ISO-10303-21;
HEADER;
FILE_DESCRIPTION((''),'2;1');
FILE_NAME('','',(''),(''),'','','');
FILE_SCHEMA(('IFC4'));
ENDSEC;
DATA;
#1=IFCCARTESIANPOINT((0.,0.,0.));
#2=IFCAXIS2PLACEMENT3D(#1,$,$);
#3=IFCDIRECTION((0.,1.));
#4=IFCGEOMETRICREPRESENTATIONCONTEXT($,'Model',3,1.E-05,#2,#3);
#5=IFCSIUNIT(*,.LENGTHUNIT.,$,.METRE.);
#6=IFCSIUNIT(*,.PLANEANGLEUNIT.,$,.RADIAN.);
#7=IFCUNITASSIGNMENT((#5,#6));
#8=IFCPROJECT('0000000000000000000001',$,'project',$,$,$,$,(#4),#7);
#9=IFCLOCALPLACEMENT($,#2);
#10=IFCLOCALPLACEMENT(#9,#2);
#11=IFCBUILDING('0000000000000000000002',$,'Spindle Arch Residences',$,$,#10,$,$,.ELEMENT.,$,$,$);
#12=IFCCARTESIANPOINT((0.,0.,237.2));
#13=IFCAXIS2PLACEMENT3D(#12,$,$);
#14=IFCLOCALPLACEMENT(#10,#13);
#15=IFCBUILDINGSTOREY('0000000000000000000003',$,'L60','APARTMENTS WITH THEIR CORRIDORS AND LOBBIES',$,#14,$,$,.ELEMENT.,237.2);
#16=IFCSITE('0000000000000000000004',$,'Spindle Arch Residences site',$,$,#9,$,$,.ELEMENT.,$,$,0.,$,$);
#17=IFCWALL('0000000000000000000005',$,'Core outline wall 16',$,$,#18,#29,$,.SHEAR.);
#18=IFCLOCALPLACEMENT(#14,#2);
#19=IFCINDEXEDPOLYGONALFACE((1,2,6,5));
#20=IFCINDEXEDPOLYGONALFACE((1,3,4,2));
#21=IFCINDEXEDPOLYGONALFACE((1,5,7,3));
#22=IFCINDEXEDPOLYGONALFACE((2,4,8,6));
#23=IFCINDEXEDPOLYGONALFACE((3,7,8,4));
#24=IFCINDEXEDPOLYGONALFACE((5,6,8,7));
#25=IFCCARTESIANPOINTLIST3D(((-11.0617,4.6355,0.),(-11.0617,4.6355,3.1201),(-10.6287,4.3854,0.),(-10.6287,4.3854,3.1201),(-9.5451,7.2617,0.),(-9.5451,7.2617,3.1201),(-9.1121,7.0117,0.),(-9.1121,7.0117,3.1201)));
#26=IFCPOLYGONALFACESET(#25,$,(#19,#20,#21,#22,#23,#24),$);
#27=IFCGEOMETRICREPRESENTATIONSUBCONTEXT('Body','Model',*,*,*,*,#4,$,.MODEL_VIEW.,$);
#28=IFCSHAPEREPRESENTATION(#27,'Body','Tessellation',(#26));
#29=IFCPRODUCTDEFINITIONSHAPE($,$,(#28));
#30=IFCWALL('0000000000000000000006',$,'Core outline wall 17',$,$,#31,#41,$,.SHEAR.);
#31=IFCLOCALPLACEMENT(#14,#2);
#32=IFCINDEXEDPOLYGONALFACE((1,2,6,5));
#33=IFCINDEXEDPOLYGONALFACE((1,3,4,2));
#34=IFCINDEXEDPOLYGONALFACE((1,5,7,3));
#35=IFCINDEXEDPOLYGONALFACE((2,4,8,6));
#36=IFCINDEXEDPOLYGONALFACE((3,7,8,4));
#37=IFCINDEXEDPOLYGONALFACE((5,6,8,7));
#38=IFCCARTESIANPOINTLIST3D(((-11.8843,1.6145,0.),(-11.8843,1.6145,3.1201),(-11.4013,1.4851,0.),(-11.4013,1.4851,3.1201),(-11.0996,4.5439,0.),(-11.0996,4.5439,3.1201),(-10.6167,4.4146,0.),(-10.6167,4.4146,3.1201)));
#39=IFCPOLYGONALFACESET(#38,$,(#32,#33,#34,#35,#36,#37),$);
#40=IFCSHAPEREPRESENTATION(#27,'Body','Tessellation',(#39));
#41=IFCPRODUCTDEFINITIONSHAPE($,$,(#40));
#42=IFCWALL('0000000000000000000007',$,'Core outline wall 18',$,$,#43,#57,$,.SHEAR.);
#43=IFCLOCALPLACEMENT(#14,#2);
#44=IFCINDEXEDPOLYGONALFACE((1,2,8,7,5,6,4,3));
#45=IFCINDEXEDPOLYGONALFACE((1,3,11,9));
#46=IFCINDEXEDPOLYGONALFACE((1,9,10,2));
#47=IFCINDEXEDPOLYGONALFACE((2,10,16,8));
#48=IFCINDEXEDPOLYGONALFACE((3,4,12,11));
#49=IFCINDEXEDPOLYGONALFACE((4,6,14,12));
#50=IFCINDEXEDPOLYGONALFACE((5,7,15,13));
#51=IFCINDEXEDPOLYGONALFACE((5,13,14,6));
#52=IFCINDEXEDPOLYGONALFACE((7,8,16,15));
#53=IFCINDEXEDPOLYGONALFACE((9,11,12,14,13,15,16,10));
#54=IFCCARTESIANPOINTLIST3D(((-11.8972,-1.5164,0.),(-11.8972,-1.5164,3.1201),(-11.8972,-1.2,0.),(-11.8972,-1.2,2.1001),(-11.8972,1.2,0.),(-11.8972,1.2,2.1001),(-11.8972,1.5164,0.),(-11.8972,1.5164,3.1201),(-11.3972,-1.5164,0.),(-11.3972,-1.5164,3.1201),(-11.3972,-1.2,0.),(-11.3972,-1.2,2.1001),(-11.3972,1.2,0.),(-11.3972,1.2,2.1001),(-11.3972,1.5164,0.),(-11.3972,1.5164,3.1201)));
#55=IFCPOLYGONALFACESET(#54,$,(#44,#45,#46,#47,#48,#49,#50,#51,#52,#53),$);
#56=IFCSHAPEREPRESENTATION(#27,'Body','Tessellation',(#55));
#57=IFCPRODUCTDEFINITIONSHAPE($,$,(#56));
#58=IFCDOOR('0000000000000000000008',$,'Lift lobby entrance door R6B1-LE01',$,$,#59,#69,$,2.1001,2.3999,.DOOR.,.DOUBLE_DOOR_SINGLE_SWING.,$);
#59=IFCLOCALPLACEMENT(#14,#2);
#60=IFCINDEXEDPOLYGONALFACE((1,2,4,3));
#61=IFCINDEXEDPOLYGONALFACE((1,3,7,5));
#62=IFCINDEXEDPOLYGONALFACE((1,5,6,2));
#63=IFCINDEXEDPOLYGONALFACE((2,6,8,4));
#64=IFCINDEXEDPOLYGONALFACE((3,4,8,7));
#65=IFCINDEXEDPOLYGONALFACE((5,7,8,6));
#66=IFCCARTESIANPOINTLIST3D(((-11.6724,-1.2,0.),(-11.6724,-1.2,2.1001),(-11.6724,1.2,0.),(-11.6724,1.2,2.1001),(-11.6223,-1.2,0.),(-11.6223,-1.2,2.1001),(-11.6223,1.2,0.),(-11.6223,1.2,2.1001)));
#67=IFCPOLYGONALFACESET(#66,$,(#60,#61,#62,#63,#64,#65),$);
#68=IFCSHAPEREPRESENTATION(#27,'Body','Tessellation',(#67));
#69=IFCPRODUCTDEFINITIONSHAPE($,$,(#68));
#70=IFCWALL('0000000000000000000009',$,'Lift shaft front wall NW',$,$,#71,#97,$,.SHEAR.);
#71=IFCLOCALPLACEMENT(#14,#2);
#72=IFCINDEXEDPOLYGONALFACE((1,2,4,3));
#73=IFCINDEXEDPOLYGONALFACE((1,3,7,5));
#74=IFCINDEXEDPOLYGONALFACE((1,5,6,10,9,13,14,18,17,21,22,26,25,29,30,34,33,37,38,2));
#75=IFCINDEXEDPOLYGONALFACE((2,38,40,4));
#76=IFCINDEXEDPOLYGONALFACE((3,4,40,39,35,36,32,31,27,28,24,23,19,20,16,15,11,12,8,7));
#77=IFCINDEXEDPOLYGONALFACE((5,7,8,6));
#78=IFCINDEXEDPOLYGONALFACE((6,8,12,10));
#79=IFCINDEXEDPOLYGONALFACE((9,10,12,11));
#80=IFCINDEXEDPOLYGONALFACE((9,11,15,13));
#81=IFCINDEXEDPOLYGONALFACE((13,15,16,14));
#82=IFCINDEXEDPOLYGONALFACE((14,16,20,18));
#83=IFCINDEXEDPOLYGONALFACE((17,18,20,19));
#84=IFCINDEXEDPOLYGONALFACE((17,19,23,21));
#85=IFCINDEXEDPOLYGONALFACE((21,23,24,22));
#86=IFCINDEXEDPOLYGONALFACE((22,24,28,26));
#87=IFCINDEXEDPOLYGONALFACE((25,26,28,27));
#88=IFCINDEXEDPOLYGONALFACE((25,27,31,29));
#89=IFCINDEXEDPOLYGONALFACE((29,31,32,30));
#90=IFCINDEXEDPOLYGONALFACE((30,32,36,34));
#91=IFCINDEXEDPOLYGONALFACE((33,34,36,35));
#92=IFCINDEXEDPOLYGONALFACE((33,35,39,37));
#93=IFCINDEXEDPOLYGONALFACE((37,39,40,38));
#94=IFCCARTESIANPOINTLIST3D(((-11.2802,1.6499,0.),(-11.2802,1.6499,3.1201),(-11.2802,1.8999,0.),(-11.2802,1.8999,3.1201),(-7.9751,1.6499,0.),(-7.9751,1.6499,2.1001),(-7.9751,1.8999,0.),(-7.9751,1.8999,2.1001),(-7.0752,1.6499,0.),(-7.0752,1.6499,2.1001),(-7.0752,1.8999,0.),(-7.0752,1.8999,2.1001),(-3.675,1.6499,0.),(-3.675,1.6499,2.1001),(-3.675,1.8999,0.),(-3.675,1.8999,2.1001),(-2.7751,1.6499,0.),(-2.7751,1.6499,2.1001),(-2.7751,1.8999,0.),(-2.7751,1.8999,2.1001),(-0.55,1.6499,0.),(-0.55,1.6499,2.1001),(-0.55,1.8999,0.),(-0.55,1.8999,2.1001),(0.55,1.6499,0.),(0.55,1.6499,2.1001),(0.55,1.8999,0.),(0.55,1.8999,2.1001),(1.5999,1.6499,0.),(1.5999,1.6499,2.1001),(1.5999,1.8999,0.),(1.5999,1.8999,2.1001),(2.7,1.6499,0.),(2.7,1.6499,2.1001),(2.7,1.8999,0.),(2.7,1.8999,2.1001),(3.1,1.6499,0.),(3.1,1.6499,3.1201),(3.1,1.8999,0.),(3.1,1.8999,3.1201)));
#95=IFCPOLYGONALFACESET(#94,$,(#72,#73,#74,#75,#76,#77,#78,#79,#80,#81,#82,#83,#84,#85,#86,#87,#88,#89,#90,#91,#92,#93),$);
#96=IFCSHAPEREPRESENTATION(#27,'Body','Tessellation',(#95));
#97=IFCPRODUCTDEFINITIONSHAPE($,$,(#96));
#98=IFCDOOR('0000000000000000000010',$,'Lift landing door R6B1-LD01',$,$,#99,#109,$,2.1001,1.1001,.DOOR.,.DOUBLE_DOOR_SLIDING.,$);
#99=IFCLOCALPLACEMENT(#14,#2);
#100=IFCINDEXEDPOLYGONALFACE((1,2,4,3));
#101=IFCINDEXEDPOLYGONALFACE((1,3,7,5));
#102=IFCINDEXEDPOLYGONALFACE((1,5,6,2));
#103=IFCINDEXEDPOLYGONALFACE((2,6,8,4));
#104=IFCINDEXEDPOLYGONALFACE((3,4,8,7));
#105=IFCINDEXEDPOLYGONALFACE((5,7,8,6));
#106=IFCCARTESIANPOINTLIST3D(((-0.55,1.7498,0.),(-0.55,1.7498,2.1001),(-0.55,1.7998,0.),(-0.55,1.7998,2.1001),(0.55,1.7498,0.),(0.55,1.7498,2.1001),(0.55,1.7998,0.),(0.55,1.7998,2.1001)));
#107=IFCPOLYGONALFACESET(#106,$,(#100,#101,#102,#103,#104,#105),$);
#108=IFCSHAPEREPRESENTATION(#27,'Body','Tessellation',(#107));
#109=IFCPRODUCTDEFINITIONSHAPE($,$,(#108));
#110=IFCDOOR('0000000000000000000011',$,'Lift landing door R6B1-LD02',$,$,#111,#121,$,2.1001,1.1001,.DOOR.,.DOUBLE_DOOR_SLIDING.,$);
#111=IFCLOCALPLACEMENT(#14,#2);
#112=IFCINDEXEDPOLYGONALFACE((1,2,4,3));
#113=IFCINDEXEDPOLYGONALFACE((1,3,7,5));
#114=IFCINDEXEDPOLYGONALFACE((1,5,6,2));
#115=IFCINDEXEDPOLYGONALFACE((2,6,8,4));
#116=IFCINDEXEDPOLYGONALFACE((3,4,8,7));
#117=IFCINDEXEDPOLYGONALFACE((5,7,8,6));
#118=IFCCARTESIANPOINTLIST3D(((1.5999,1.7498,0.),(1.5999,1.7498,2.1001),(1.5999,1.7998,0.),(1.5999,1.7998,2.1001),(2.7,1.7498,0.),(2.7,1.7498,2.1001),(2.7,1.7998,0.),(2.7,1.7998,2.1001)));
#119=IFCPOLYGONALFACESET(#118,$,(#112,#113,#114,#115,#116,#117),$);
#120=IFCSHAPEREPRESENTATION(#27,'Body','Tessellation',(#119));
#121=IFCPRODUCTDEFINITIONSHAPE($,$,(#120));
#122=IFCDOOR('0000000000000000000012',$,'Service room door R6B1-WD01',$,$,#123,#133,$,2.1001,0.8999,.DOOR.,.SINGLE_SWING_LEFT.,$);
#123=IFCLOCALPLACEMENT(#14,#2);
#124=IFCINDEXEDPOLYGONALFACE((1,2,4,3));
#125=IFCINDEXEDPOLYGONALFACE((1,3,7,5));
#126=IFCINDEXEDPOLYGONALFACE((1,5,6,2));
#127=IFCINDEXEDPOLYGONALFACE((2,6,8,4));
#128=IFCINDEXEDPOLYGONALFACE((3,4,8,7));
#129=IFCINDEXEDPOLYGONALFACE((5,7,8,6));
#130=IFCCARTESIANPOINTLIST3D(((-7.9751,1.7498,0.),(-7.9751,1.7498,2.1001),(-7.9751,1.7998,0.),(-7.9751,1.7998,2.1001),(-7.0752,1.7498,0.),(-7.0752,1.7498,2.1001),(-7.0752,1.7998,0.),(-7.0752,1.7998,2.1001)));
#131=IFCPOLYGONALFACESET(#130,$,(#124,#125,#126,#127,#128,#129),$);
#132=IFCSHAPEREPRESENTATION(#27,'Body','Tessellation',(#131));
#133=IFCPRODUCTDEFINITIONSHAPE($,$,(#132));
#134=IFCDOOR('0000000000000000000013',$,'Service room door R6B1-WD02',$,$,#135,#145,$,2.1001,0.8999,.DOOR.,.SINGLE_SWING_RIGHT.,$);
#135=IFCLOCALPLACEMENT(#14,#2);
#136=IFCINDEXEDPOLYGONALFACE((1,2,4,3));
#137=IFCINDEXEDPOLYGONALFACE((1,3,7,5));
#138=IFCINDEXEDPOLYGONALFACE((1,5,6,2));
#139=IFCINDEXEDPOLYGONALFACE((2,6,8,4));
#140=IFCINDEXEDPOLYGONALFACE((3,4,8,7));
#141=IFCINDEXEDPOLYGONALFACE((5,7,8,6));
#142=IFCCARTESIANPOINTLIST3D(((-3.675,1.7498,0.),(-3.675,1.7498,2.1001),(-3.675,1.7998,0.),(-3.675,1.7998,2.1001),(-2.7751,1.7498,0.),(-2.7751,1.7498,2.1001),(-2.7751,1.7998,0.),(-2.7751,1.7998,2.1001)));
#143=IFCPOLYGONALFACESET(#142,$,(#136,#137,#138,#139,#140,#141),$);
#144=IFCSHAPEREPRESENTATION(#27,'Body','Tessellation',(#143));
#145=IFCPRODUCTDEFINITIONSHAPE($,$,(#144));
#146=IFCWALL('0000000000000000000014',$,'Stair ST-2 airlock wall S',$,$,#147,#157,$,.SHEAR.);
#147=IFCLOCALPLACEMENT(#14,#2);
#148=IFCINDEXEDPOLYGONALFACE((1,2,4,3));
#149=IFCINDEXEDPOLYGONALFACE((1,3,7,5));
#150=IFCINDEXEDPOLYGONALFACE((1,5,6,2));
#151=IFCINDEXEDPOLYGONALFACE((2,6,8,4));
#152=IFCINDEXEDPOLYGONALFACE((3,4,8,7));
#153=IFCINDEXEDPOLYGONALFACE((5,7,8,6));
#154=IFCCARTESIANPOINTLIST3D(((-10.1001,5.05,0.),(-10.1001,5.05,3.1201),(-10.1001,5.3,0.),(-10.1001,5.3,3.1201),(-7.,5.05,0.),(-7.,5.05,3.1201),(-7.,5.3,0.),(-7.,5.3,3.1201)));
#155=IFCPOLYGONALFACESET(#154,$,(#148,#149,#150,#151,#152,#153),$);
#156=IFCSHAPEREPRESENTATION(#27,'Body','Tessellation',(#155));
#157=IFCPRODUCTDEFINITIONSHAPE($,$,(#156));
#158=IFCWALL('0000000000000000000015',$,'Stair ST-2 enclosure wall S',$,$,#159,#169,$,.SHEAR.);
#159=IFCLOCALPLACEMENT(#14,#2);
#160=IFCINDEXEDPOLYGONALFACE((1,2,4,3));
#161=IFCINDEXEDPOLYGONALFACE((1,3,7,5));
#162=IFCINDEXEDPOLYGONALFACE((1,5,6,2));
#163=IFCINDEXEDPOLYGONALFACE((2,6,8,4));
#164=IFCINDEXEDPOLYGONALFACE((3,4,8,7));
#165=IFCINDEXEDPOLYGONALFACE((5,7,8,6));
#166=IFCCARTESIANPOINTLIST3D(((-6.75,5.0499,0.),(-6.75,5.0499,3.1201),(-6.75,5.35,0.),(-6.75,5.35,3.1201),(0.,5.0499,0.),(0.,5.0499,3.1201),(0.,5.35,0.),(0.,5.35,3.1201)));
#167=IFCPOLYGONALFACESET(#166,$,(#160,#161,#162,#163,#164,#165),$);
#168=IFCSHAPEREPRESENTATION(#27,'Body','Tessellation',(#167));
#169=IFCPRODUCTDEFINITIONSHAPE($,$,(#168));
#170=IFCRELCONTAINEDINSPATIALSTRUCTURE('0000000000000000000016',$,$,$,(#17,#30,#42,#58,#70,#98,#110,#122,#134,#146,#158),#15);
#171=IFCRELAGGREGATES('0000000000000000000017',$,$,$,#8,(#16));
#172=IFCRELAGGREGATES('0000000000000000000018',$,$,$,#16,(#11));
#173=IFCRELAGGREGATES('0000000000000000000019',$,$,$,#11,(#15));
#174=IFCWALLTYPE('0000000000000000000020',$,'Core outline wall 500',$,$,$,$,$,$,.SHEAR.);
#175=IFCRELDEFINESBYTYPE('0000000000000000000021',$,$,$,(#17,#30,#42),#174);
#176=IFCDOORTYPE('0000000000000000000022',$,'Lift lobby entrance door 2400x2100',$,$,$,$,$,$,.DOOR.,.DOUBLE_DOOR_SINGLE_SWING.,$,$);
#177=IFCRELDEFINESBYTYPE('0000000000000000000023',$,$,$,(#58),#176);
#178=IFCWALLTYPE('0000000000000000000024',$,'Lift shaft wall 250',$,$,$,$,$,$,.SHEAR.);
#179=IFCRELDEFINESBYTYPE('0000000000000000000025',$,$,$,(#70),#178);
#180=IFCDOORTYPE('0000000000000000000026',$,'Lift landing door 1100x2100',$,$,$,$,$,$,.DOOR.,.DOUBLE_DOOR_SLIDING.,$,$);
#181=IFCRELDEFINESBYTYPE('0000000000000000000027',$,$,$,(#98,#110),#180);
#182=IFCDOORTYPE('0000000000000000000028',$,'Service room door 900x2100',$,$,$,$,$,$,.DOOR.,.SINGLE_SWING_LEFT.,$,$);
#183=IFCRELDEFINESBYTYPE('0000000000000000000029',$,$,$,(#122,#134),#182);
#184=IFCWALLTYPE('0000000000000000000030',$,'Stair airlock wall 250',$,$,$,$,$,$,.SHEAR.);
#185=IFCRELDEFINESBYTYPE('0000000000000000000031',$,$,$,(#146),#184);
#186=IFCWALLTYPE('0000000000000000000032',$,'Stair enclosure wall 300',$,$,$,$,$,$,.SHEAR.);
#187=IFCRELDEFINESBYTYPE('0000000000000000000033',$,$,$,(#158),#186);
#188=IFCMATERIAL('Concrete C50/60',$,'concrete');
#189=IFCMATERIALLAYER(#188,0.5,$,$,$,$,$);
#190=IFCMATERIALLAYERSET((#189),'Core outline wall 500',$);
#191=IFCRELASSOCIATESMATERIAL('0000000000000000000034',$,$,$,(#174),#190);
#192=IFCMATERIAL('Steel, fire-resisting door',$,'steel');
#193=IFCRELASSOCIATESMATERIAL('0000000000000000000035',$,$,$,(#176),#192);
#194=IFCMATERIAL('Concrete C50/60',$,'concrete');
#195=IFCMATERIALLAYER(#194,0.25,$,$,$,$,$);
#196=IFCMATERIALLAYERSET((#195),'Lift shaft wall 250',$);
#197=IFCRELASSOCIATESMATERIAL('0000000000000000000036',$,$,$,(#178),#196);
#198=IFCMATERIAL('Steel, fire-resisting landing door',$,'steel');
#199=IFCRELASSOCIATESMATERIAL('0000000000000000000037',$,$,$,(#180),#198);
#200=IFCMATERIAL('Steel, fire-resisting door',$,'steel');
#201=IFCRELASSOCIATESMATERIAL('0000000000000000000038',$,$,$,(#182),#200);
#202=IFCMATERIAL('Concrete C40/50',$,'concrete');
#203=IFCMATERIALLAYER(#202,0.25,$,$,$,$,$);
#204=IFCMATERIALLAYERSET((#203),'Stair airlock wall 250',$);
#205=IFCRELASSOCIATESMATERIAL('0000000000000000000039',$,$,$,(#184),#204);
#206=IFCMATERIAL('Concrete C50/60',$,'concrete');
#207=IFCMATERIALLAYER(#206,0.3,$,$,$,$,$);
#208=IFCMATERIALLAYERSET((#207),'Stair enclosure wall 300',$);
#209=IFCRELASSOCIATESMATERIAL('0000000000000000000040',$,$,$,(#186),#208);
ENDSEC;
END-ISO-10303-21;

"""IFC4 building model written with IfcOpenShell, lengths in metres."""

from ifc_helpers import new_model, si_unit, direction, frame, frame_2d, origin, place, context, subcontext, project, spatial, rectangle, extrude, material, layer, layer_set, type_object, element, fill, save


model = new_model("IFC4")

# Units and contexts
model_context = context("Model", 3, precision=1e-05, world=origin(), true_north=direction((0.0, 1.0)))
body_context = subcontext(model_context, "Body", "Model", "MODEL_VIEW")
ifc_project = project(units=[si_unit("LENGTHUNIT", "METRE"), si_unit("PLANEANGLEUNIT", "RADIAN")], contexts=[model_context])

# Site, building, storey
site_placement = place(None, origin())
site = spatial("IfcSite", under=ifc_project, at=site_placement, Name="Spindle Arch Residences site", CompositionType="ELEMENT", RefElevation=0.0)
building_placement = place(site_placement, origin())
building = spatial("IfcBuilding", under=site, at=building_placement, Name="Spindle Arch Residences", CompositionType="ELEMENT")
storey_placement = place(building_placement, frame((0.0, 0.0, 237.2)))
storey = spatial("IfcBuildingStorey", under=building, at=storey_placement, Name="L60", Description="APARTMENTS WITH THEIR CORRIDORS AND LOBBIES", CompositionType="ELEMENT", Elevation=237.2)

# Walls
ifc_material_1 = material(Name="Concrete C50/60", Category="concrete")
ifc_layer_1 = layer(ifc_material_1, 0.5)
ifc_layer_set_1 = layer_set([ifc_layer_1], Name="Core outline wall 500")
wall_type_1 = type_object("IfcWallType", Name="Core outline wall 500", PredefinedType="SHEAR", material=ifc_layer_set_1)
for number, where, z_axis, x_axis, name in (
    (1, (-9.3286, 7.1367, 0.0), (0.0, 0.0, 1.0), (-0.500087, -0.865975, 0.0), "Core outline wall 16"),
    (2, (-10.8582, 4.4792, 0.0), (0.0, 0.0, 1.0), (-0.258735, -0.965948, 0.0), "Core outline wall 17"),
):
    element("IfcWall", number, at=place(storey_placement, frame(where, z_axis=z_axis, x_axis=x_axis)), inside=storey, type_object=wall_type_1, Name=name, PredefinedType="SHEAR", context=body_context, shape_type="SweptSolid", body=[
        extrude(rectangle(XDim=3.0327, YDim=0.5, at=frame_2d((1.5164, 0.0))), origin(), (0.0, 0.0, 1.0), 3.1201),
    ])

# Wall, opening, door
wall_1_placement = place(storey_placement, frame((-11.6472, 1.5164, 0.0), z_axis=(0.0, 0.0, 1.0), x_axis=(0.0, -1.0, 0.0)))
wall_1 = element("IfcWall", 3, at=wall_1_placement, inside=storey, type_object=wall_type_1, Name="Core outline wall 18", PredefinedType="SHEAR", context=body_context, shape_type="SweptSolid", body=[
    extrude(rectangle(XDim=3.0327, YDim=0.5, at=frame_2d((1.5164, 0.0))), origin(), (0.0, 0.0, 1.0), 3.1201),
])
opening_1_placement = place(wall_1_placement, frame((0.3164, 0.0, 0.0)))
opening_1 = element("IfcOpeningElement", 4, at=opening_1_placement, cuts=wall_1, PredefinedType="OPENING", context=body_context, shape_type="SweptSolid", body=[
    extrude(rectangle(XDim=2.3999, YDim=2.1001, at=frame_2d((1.2, 1.05))), frame((0.0, 0.26, 0.0), z_axis=(0.0, -1.0, 0.0), x_axis=(1.0, 0.0, 0.0)), (0.0, 0.0, 1.0), 0.52),
])
ifc_material_2 = material(Name="Steel, fire-resisting door", Category="steel")
door_type_1 = type_object("IfcDoorType", Name="Lift lobby entrance door 2400x2100", OperationType="DOUBLE_DOOR_SINGLE_SWING", PredefinedType="DOOR", material=ifc_material_2)
door_1_placement = place(opening_1_placement, origin())
door_1 = element("IfcDoor", 5, at=door_1_placement, inside=storey, type_object=door_type_1, Name="Lift lobby entrance door R6B1-LE01", OperationType="DOUBLE_DOOR_SINGLE_SWING", OverallHeight=2.1001, OverallWidth=2.3999, PredefinedType="DOOR", context=body_context, shape_type="SweptSolid", body=[
    extrude(rectangle(XDim=2.3999, YDim=2.1001, at=frame_2d((1.2, 1.05))), frame((0.0, 0.0249, 0.0), z_axis=(0.0, -1.0, 0.0), x_axis=(1.0, 0.0, 0.0)), (0.0, 0.0, 1.0), 0.05),
])
fill(opening_1, door_1)

# Wall, openings, doors
ifc_material_3 = material(Name="Concrete C50/60", Category="concrete")
ifc_layer_2 = layer(ifc_material_3, 0.25)
ifc_layer_set_2 = layer_set([ifc_layer_2], Name="Lift shaft wall 250")
wall_type_2 = type_object("IfcWallType", Name="Lift shaft wall 250", PredefinedType="SHEAR", material=ifc_layer_set_2)
wall_2_placement = place(storey_placement, frame((-11.28, 1.7749, 0.0), z_axis=(0.0, 0.0, 1.0), x_axis=(1.0, 0.0, 0.0)))
wall_2 = element("IfcWall", 6, at=wall_2_placement, inside=storey, type_object=wall_type_2, Name="Lift shaft front wall NW", PredefinedType="SHEAR", context=body_context, shape_type="SweptSolid", body=[
    extrude(rectangle(XDim=14.3801, YDim=0.25, at=frame_2d((7.1899, 0.0))), origin(), (0.0, 0.0, 1.0), 3.1201),
])
opening_2_placement = place(wall_2_placement, frame((10.73, 0.0, 0.0)))
opening_2 = element("IfcOpeningElement", 7, at=opening_2_placement, cuts=wall_2, PredefinedType="OPENING", context=body_context, shape_type="SweptSolid", body=[
    extrude(rectangle(XDim=1.1001, YDim=2.1001, at=frame_2d((0.55, 1.05))), frame((0.0, 0.135, 0.0), z_axis=(0.0, -1.0, 0.0), x_axis=(1.0, 0.0, 0.0)), (0.0, 0.0, 1.0), 0.27),
])
opening_3_placement = place(wall_2_placement, frame((12.8799, 0.0, 0.0)))
opening_3 = element("IfcOpeningElement", 8, at=opening_3_placement, cuts=wall_2, PredefinedType="OPENING", context=body_context, shape_type="SweptSolid", body=[
    extrude(rectangle(XDim=1.1001, YDim=2.1001, at=frame_2d((0.55, 1.05))), frame((0.0, 0.135, 0.0), z_axis=(0.0, -1.0, 0.0), x_axis=(1.0, 0.0, 0.0)), (0.0, 0.0, 1.0), 0.27),
])
opening_4_placement = place(wall_2_placement, frame((3.3049, 0.0, 0.0)))
opening_4 = element("IfcOpeningElement", 9, at=opening_4_placement, cuts=wall_2, PredefinedType="OPENING", context=body_context, shape_type="SweptSolid", body=[
    extrude(rectangle(XDim=0.8999, YDim=2.1001, at=frame_2d((0.45, 1.05))), frame((0.0, 0.135, 0.0), z_axis=(0.0, -1.0, 0.0), x_axis=(1.0, 0.0, 0.0)), (0.0, 0.0, 1.0), 0.27),
])
opening_5_placement = place(wall_2_placement, frame((7.605, 0.0, 0.0)))
opening_5 = element("IfcOpeningElement", 10, at=opening_5_placement, cuts=wall_2, PredefinedType="OPENING", context=body_context, shape_type="SweptSolid", body=[
    extrude(rectangle(XDim=0.8999, YDim=2.1001, at=frame_2d((0.45, 1.05))), frame((0.0, 0.135, 0.0), z_axis=(0.0, -1.0, 0.0), x_axis=(1.0, 0.0, 0.0)), (0.0, 0.0, 1.0), 0.27),
])
ifc_material_4 = material(Name="Steel, fire-resisting landing door", Category="steel")
door_type_2 = type_object("IfcDoorType", Name="Lift landing door 1100x2100", OperationType="DOUBLE_DOOR_SLIDING", PredefinedType="DOOR", material=ifc_material_4)
door_2_placement = place(opening_2_placement, origin())
door_2 = element("IfcDoor", 11, at=door_2_placement, inside=storey, type_object=door_type_2, Name="Lift landing door R6B1-LD01", OperationType="DOUBLE_DOOR_SLIDING", OverallHeight=2.1001, OverallWidth=1.1001, PredefinedType="DOOR", context=body_context, shape_type="SweptSolid", body=[
    extrude(rectangle(XDim=1.1001, YDim=2.1001, at=frame_2d((0.55, 1.05))), frame((0.0, 0.0249, 0.0), z_axis=(0.0, -1.0, 0.0), x_axis=(1.0, 0.0, 0.0)), (0.0, 0.0, 1.0), 0.05),
])
fill(opening_2, door_2)
door_3_placement = place(opening_3_placement, origin())
door_3 = element("IfcDoor", 12, at=door_3_placement, inside=storey, type_object=door_type_2, Name="Lift landing door R6B1-LD02", OperationType="DOUBLE_DOOR_SLIDING", OverallHeight=2.1001, OverallWidth=1.1001, PredefinedType="DOOR", context=body_context, shape_type="SweptSolid", body=[
    extrude(rectangle(XDim=1.1001, YDim=2.1001, at=frame_2d((0.55, 1.05))), frame((0.0, 0.0249, 0.0), z_axis=(0.0, -1.0, 0.0), x_axis=(1.0, 0.0, 0.0)), (0.0, 0.0, 1.0), 0.05),
])
fill(opening_3, door_3)
ifc_material_5 = material(Name="Steel, fire-resisting door", Category="steel")
door_type_3 = type_object("IfcDoorType", Name="Service room door 900x2100", OperationType="SINGLE_SWING_LEFT", PredefinedType="DOOR", material=ifc_material_5)
door_4_placement = place(opening_4_placement, origin())
door_4 = element("IfcDoor", 13, at=door_4_placement, inside=storey, type_object=door_type_3, Name="Service room door R6B1-WD01", OperationType="SINGLE_SWING_LEFT", OverallHeight=2.1001, OverallWidth=0.8999, PredefinedType="DOOR", context=body_context, shape_type="SweptSolid", body=[
    extrude(rectangle(XDim=0.8999, YDim=2.1001, at=frame_2d((0.45, 1.05))), frame((0.0, 0.0249, 0.0), z_axis=(0.0, -1.0, 0.0), x_axis=(1.0, 0.0, 0.0)), (0.0, 0.0, 1.0), 0.05),
])
fill(opening_4, door_4)
door_5_placement = place(opening_5_placement, origin())
door_5 = element("IfcDoor", 14, at=door_5_placement, inside=storey, type_object=door_type_3, Name="Service room door R6B1-WD02", OperationType="SINGLE_SWING_RIGHT", OverallHeight=2.1001, OverallWidth=0.8999, PredefinedType="DOOR", context=body_context, shape_type="SweptSolid", body=[
    extrude(rectangle(XDim=0.8999, YDim=2.1001, at=frame_2d((0.45, 1.05))), frame((0.0, 0.0249, 0.0), z_axis=(0.0, -1.0, 0.0), x_axis=(1.0, 0.0, 0.0)), (0.0, 0.0, 1.0), 0.05),
])
fill(opening_5, door_5)

# Walls
ifc_material_6 = material(Name="Concrete C40/50", Category="concrete")
ifc_layer_3 = layer(ifc_material_6, 0.25)
ifc_layer_set_3 = layer_set([ifc_layer_3], Name="Stair airlock wall 250")
wall_type_3 = type_object("IfcWallType", Name="Stair airlock wall 250", PredefinedType="SHEAR", material=ifc_layer_set_3)
wall_3_placement = place(storey_placement, frame((-7.0, 5.175, 0.0), z_axis=(0.0, 0.0, 1.0), x_axis=(-1.0, 0.0, 0.0)))
element("IfcWall", 15, at=wall_3_placement, inside=storey, type_object=wall_type_3, Name="Stair ST-2 airlock wall S", PredefinedType="SHEAR", context=body_context, shape_type="SweptSolid", body=[
    extrude(rectangle(XDim=3.1001, YDim=0.25, at=frame_2d((1.55, 0.0))), origin(), (0.0, 0.0, 1.0), 3.1201),
])
ifc_material_7 = material(Name="Concrete C50/60", Category="concrete")
ifc_layer_4 = layer(ifc_material_7, 0.3)
ifc_layer_set_4 = layer_set([ifc_layer_4], Name="Stair enclosure wall 300")
wall_type_4 = type_object("IfcWallType", Name="Stair enclosure wall 300", PredefinedType="SHEAR", material=ifc_layer_set_4)
wall_4_placement = place(storey_placement, frame((-6.75, 5.2, 0.0), z_axis=(0.0, 0.0, 1.0), x_axis=(1.0, 0.0, 0.0)))
element("IfcWall", 16, at=wall_4_placement, inside=storey, type_object=wall_type_4, Name="Stair ST-2 enclosure wall S", PredefinedType="SHEAR", context=body_context, shape_type="SweptSolid", body=[
    extrude(rectangle(XDim=6.75, YDim=0.3, at=frame_2d((3.375, 0.0))), origin(), (0.0, 0.0, 1.0), 3.1201),
])

save(model, "model.ifc")
